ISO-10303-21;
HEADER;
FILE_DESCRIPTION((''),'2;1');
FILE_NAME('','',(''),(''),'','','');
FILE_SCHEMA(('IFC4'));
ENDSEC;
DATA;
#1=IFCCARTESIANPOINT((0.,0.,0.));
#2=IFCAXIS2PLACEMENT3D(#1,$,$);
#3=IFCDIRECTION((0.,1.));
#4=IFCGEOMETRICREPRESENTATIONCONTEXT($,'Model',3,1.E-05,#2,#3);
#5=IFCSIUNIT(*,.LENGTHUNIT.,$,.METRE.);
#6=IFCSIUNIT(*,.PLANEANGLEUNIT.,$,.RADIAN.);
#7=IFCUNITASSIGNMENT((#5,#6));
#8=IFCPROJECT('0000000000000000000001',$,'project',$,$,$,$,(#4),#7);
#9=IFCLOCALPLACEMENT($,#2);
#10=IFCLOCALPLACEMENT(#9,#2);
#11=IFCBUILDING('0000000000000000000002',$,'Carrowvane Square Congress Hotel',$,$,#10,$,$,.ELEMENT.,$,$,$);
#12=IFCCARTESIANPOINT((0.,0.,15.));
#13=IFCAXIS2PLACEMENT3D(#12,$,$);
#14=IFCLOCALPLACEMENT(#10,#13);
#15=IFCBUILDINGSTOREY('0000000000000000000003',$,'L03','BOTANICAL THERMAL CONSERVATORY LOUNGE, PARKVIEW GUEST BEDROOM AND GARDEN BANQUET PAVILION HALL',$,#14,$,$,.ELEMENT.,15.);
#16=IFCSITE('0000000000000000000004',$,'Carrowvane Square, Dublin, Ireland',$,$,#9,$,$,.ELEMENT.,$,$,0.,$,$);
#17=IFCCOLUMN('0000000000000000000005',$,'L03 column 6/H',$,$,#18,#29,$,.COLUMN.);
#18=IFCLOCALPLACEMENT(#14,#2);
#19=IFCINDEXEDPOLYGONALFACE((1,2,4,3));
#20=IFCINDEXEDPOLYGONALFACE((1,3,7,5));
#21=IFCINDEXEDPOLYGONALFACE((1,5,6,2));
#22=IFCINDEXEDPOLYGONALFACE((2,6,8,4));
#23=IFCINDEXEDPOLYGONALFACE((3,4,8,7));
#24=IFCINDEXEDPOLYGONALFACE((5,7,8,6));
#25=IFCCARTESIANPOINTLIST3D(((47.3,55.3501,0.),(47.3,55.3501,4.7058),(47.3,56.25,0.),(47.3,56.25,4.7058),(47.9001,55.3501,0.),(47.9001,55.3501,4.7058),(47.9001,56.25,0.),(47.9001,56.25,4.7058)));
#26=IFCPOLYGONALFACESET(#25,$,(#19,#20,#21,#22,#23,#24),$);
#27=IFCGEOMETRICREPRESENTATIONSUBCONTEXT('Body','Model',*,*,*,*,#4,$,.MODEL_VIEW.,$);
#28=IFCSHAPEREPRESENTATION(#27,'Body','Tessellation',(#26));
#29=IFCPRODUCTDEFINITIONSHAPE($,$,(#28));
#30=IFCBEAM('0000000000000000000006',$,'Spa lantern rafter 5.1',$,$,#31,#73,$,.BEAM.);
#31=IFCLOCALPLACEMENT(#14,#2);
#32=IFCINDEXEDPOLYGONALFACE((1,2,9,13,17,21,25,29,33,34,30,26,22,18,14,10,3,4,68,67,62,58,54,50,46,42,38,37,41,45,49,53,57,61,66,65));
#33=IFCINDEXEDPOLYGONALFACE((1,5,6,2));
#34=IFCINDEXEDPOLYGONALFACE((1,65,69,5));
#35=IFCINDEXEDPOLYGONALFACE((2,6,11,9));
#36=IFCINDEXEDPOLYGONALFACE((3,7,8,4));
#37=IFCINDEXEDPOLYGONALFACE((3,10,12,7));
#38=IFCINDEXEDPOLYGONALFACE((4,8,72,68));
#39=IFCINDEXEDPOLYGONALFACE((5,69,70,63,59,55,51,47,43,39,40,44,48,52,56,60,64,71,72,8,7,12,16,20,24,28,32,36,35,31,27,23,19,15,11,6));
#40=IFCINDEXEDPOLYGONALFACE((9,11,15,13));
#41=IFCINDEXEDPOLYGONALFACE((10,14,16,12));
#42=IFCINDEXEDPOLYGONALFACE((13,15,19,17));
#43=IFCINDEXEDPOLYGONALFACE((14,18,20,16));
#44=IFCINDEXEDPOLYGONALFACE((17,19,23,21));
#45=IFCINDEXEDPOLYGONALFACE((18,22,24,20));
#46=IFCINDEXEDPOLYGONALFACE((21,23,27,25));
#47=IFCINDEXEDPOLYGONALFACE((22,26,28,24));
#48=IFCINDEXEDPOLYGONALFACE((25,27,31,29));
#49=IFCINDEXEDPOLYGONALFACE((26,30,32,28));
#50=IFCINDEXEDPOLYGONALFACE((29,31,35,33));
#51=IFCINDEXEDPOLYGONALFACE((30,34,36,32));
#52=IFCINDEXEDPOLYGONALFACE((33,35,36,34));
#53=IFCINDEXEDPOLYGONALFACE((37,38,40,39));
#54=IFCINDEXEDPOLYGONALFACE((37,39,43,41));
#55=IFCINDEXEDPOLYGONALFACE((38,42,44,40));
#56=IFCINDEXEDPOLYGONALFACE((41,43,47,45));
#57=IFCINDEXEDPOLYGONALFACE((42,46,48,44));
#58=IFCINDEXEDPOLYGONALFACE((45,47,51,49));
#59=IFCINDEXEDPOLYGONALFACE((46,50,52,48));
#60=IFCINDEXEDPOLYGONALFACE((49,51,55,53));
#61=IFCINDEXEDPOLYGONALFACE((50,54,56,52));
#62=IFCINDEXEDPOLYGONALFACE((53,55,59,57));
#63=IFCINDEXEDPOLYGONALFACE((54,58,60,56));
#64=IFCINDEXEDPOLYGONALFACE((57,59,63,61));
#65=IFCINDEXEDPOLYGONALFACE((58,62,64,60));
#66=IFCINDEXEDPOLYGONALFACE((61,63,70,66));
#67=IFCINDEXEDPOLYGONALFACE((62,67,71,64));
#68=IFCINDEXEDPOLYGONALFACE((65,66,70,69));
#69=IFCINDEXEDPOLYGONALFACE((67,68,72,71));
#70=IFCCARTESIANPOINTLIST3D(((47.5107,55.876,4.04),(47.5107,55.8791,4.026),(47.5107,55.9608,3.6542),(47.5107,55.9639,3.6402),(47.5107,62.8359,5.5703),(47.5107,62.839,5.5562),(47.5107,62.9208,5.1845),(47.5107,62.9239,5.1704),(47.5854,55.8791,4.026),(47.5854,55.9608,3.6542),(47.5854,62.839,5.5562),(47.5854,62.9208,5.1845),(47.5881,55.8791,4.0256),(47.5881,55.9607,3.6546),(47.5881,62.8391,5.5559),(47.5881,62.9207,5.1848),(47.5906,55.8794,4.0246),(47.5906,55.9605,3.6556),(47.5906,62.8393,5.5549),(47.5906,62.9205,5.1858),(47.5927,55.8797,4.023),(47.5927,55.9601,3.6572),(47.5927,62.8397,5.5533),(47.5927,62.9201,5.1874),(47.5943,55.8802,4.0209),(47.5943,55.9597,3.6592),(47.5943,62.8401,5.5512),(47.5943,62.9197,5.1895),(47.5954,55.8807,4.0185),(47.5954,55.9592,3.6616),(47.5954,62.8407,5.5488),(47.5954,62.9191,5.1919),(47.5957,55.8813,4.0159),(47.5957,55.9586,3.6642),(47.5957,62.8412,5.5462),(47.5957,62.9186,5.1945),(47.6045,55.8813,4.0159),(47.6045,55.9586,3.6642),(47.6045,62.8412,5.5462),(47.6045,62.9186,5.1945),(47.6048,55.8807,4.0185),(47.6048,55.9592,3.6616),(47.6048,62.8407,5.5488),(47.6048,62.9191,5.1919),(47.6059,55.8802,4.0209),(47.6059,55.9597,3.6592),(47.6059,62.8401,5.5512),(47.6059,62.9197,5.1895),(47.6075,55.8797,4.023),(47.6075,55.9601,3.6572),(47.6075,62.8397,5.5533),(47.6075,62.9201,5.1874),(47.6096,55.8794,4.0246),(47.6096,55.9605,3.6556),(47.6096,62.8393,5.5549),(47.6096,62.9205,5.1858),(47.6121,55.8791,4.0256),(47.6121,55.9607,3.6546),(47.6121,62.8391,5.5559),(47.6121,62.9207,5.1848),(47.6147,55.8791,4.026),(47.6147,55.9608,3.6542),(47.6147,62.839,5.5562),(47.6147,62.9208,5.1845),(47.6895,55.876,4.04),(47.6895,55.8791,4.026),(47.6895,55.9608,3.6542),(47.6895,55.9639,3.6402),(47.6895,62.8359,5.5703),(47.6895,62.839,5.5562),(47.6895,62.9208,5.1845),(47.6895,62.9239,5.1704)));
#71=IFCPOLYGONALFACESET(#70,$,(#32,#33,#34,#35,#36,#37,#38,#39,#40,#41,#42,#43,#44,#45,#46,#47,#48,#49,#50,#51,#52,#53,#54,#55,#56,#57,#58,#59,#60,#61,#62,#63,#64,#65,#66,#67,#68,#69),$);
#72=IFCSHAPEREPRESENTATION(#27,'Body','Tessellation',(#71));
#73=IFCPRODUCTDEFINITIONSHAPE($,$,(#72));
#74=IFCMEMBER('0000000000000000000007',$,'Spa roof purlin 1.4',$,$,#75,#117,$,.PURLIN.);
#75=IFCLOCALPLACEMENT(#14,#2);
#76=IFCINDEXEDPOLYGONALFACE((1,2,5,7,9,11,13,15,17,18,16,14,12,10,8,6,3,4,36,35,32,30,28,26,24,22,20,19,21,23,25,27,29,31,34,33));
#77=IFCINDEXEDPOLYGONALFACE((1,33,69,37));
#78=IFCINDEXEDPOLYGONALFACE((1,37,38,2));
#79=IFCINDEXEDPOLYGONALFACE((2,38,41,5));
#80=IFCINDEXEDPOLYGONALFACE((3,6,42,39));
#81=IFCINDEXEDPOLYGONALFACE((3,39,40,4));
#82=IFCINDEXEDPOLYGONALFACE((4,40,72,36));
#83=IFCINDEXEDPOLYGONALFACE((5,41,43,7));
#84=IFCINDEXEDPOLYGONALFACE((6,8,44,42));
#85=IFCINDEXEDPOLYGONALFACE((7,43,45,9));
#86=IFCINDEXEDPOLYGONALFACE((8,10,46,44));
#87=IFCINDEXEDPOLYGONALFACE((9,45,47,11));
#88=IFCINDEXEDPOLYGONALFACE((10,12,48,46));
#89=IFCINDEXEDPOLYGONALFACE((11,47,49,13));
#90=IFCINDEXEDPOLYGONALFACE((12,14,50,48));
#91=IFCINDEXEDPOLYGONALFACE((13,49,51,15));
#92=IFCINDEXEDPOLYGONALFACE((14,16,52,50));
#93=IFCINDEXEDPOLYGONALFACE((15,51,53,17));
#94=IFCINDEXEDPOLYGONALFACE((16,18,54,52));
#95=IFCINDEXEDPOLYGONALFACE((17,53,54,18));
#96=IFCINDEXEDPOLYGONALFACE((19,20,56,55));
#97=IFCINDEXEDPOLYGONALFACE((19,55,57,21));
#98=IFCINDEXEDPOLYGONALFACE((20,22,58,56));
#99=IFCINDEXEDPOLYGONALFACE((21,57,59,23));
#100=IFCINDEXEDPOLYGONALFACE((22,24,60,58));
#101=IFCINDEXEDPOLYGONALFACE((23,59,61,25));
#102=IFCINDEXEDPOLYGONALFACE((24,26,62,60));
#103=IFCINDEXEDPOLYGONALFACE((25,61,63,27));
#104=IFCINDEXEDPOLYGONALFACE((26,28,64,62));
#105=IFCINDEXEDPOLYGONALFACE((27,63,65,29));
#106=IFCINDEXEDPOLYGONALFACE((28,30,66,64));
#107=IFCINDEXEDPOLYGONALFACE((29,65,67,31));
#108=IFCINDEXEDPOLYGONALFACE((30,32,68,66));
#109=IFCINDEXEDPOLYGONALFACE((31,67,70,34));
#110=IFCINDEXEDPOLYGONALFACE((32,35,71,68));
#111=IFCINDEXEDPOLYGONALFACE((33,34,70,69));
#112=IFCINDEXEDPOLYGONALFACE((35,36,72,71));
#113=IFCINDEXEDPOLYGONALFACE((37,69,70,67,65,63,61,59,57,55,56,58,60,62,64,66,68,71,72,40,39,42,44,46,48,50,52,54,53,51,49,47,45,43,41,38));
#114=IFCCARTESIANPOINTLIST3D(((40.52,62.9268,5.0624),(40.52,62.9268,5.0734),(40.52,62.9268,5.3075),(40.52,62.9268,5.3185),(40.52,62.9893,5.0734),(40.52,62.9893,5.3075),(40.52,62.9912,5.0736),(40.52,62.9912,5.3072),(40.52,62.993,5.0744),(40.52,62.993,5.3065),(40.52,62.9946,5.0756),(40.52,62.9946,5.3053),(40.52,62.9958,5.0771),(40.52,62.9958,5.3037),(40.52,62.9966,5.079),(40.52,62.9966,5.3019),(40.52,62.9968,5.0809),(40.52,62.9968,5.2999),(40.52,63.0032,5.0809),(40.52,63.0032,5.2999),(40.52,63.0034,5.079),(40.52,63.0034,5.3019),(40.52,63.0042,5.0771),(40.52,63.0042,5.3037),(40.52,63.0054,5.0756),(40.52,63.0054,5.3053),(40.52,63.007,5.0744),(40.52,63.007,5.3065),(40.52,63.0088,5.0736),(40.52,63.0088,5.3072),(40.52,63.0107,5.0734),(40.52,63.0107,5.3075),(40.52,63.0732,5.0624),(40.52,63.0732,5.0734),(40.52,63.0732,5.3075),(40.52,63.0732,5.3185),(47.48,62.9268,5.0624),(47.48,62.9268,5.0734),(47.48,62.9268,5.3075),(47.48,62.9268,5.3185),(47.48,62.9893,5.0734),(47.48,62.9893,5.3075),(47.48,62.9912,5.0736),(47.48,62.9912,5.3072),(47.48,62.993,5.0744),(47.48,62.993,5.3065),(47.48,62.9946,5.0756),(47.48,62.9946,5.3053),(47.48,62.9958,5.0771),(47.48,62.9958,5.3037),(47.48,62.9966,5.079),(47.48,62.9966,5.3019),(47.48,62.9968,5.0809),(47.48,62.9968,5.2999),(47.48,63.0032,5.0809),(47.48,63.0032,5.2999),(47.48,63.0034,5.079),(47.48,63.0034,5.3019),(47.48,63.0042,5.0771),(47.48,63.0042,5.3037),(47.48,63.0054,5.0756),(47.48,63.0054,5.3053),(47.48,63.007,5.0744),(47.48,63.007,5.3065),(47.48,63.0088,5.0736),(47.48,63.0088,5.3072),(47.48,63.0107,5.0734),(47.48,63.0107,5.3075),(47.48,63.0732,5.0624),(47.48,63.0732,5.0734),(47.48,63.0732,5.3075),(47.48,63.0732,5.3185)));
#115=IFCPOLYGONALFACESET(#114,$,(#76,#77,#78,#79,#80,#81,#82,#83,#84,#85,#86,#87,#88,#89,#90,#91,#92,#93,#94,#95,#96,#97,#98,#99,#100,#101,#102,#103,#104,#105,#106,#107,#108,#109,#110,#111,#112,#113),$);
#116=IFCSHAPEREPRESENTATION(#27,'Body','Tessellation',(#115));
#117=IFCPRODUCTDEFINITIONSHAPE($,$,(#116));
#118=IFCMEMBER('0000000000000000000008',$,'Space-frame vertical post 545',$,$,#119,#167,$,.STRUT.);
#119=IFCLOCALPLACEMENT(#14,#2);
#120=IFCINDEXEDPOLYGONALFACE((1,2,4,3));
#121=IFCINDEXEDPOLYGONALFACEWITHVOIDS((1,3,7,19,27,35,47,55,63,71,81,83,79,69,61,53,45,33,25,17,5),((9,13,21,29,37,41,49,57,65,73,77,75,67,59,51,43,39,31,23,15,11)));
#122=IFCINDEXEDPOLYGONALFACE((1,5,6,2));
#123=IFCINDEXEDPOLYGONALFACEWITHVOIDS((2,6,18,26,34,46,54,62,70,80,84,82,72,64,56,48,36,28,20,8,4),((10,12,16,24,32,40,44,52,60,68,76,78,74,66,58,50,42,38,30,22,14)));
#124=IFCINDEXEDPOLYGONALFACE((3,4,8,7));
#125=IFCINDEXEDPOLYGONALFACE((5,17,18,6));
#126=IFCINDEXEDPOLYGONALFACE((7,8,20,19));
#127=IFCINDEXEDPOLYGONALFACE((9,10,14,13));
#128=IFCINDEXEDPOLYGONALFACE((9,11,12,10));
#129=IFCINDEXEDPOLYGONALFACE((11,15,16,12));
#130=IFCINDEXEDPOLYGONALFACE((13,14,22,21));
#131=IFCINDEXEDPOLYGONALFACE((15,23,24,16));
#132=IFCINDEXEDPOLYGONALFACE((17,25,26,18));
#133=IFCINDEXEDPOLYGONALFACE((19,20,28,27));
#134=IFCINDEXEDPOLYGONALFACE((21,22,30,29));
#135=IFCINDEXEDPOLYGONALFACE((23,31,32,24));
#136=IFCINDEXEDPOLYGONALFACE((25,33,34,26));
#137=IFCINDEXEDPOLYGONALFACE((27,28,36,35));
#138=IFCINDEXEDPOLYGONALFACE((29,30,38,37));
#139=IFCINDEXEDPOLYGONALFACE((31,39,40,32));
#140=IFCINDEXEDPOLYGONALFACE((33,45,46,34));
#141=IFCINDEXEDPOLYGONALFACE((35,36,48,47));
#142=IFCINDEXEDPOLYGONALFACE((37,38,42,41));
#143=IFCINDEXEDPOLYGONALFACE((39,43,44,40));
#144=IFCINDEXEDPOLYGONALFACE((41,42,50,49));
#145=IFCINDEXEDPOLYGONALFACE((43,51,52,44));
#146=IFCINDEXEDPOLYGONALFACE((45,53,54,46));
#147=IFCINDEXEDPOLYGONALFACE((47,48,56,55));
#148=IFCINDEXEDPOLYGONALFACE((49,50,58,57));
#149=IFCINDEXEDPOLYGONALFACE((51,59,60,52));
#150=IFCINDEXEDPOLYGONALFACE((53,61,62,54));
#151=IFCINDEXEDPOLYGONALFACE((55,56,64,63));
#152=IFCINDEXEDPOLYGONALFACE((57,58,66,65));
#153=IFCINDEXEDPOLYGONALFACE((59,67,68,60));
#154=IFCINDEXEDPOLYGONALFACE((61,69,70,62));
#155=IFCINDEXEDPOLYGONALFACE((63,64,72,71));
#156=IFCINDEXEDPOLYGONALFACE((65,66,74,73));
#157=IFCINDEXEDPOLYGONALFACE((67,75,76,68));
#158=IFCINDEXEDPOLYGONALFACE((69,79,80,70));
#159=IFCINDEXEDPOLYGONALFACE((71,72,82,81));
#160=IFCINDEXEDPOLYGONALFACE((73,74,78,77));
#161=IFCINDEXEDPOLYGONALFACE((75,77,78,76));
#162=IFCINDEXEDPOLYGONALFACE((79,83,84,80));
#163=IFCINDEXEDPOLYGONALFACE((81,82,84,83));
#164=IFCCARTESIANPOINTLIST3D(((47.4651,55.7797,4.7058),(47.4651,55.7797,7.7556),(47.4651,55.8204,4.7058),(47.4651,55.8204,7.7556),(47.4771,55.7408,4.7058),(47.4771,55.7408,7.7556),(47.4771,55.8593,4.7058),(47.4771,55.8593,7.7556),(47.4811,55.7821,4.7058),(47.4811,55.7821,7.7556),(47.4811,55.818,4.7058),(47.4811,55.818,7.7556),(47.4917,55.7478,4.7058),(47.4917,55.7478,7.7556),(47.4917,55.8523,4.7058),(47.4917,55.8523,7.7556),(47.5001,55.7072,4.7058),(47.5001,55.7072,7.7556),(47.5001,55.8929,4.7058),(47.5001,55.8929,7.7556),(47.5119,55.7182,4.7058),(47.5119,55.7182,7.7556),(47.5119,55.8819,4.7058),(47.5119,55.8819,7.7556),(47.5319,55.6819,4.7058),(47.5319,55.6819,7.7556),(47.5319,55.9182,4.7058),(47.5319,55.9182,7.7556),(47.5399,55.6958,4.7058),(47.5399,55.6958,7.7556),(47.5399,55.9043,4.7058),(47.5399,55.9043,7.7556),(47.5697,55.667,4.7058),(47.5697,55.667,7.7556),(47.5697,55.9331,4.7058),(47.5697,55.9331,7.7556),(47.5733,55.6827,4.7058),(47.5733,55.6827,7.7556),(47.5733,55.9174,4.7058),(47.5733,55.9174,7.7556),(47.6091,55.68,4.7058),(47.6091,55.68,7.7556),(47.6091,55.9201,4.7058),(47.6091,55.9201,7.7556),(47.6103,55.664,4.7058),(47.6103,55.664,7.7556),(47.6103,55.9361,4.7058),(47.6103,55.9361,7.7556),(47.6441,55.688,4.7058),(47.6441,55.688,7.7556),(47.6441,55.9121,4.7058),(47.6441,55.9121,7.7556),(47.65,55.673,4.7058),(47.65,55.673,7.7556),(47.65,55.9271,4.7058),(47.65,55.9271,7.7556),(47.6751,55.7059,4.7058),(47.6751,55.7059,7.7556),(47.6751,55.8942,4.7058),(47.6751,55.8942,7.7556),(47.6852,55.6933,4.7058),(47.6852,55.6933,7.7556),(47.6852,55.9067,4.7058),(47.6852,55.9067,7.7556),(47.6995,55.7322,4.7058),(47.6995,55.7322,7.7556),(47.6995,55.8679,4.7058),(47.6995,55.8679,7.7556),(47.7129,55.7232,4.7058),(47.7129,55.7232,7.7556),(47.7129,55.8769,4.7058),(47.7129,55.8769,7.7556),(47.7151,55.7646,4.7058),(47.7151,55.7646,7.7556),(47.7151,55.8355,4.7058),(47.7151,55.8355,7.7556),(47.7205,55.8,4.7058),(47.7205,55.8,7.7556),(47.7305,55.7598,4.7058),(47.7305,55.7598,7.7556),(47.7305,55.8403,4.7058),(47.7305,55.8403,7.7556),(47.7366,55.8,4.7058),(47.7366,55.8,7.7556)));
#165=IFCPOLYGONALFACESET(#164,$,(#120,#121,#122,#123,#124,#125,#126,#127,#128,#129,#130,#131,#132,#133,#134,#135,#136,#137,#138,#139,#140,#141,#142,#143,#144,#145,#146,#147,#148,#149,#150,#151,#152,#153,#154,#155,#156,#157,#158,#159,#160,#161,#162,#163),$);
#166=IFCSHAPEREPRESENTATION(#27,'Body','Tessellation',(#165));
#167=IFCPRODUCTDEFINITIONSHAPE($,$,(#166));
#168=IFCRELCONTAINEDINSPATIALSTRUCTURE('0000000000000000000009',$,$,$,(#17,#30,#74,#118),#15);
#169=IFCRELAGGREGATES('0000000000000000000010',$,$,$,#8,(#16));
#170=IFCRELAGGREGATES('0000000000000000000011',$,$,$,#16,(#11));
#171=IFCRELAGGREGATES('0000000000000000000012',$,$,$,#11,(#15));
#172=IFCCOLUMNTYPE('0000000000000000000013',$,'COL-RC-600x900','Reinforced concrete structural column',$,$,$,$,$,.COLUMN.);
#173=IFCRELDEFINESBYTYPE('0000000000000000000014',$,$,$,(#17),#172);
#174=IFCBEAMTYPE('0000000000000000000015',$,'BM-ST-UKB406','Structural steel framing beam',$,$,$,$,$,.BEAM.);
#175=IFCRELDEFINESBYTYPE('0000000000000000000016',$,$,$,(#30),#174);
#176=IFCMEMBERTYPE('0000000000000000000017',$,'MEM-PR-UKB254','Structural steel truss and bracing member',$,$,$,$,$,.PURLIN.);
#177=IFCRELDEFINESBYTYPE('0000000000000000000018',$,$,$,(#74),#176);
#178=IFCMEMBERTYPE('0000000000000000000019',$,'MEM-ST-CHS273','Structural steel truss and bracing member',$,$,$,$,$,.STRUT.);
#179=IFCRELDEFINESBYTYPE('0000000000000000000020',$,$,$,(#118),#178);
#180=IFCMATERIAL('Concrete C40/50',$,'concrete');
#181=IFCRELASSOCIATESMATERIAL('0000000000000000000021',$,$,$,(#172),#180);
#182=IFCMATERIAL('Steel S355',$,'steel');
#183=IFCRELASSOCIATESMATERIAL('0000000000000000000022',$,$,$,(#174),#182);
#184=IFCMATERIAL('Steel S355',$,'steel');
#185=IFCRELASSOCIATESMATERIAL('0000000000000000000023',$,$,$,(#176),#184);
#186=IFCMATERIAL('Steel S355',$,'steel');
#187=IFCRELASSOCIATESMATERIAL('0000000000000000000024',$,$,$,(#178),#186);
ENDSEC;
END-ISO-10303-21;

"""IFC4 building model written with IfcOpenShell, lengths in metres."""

from ifc_helpers import new_model, si_unit, direction, frame, origin, origin_2d, place, context, subcontext, project, spatial, rectangle, hollow_circle, i_section, extrude, material, material_profile, profile_set, type_object, element, save


model = new_model("IFC4")

# Units and contexts
model_context = context("Model", 3, precision=1e-05, world=origin(), true_north=direction((0.0, 1.0)))
body_context = subcontext(model_context, "Body", "Model", "MODEL_VIEW")
ifc_project = project(units=[si_unit("LENGTHUNIT", "METRE"), si_unit("PLANEANGLEUNIT", "RADIAN")], contexts=[model_context])

# Site, building, storey
site_placement = place(None, origin())
site = spatial("IfcSite", under=ifc_project, at=site_placement, Name="Carrowvane Square, Dublin, Ireland", CompositionType="ELEMENT", RefElevation=0.0)
building_placement = place(site_placement, origin())
building = spatial("IfcBuilding", under=site, at=building_placement, Name="Carrowvane Square Congress Hotel", CompositionType="ELEMENT")
storey_placement = place(building_placement, frame((0.0, 0.0, 15.0)))
storey = spatial("IfcBuildingStorey", under=building, at=storey_placement, Name="L03", Description="BOTANICAL THERMAL CONSERVATORY LOUNGE, PARKVIEW GUEST BEDROOM AND GARDEN BANQUET PAVILION HALL", CompositionType="ELEMENT", Elevation=15.0)

# Column
ifc_material_1 = material(Name="Concrete C40/50", Category="concrete")
ifc_material_profile_1 = material_profile(ifc_material_1, rectangle(XDim=0.6001, YDim=0.8999, at=origin_2d()), Name="RC 600x900")
ifc_profile_set_1 = profile_set([ifc_material_profile_1], Name="Concrete C40/50")
column_type = type_object("IfcColumnType", Name="COL-RC-600x900", Description="Reinforced concrete structural column", PredefinedType="COLUMN", material=ifc_profile_set_1)
column_placement = place(storey_placement, frame((47.6001, 55.8, 0.0), z_axis=(0.0, 0.0, 1.0), x_axis=(1.0, 0.0, 0.0)))
element("IfcColumn", 1, at=column_placement, inside=storey, type_object=column_type, Name="L03 column 6/H", PredefinedType="COLUMN", context=body_context, shape_type="SweptSolid", body=[
    extrude(rectangle(XDim=0.6001, YDim=0.8999, at=origin_2d()), origin(), (0.0, 0.0, 1.0), 4.7058),
])

# Beam
ifc_material_2 = material(Name="Steel S355", Category="steel")
ifc_material_profile_2 = material_profile(ifc_material_2, i_section(OverallWidth=0.1787, OverallDepth=0.4094, WebThickness=0.0088, FlangeThickness=0.0144, FilletRadius=0.0103, at=origin_2d()), Name="UKB 406x178x67")
ifc_profile_set_2 = profile_set([ifc_material_profile_2], Name="Steel S355")
beam_type = type_object("IfcBeamType", Name="BM-ST-UKB406", Description="Structural steel framing beam", PredefinedType="BEAM", material=ifc_profile_set_2)
beam_placement = place(storey_placement, frame((47.6001, 55.9199, 3.8401), z_axis=(0.0, 0.976671, 0.214739), x_axis=(-1.0, 0.0, 0.0)))
element("IfcBeam", 2, at=beam_placement, inside=storey, type_object=beam_type, Name="Spa lantern rafter 5.1", PredefinedType="BEAM", context=body_context, shape_type="SweptSolid", body=[
    extrude(i_section(OverallWidth=0.1787, OverallDepth=0.4094, WebThickness=0.0088, FlangeThickness=0.0144, FilletRadius=0.0103, at=origin_2d()), origin(), (0.0, 0.0, 1.0), 7.1262),
])

# Members
ifc_material_3 = material(Name="Steel S355", Category="steel")
ifc_material_profile_3 = material_profile(ifc_material_3, i_section(OverallWidth=0.1465, OverallDepth=0.2561, WebThickness=0.0063, FlangeThickness=0.011, FilletRadius=0.0076, at=origin_2d()), Name="UKB 254x146x37")
ifc_profile_set_3 = profile_set([ifc_material_profile_3], Name="Steel S355")
member_type_1 = type_object("IfcMemberType", Name="MEM-PR-UKB254", Description="Structural steel truss and bracing member", PredefinedType="PURLIN", material=ifc_profile_set_3)
member_1_placement = place(storey_placement, frame((40.52, 63.0, 5.1904), z_axis=(1.0, 0.0, 0.0), x_axis=(0.0, 1.0, 0.0)))
element("IfcMember", 3, at=member_1_placement, inside=storey, type_object=member_type_1, Name="Spa roof purlin 1.4", PredefinedType="PURLIN", context=body_context, shape_type="SweptSolid", body=[
    extrude(i_section(OverallWidth=0.1465, OverallDepth=0.2561, WebThickness=0.0063, FlangeThickness=0.011, FilletRadius=0.0076, at=origin_2d()), origin(), (0.0, 0.0, 1.0), 6.96),
])
ifc_material_4 = material(Name="Steel S355", Category="steel")
ifc_material_profile_4 = material_profile(ifc_material_4, hollow_circle(Radius=0.1365, WallThickness=0.0161, at=origin_2d()), Name="CHS 273.0x16")
ifc_profile_set_4 = profile_set([ifc_material_profile_4], Name="Steel S355")
member_type_2 = type_object("IfcMemberType", Name="MEM-ST-CHS273", Description="Structural steel truss and bracing member", PredefinedType="STRUT", material=ifc_profile_set_4)
member_2_placement = place(storey_placement, frame((47.6001, 55.8, 4.7058), z_axis=(0.0, 0.0, 1.0), x_axis=(1.0, 0.0, 0.0)))
element("IfcMember", 4, at=member_2_placement, inside=storey, type_object=member_type_2, Name="Space-frame vertical post 545", PredefinedType="STRUT", context=body_context, shape_type="SweptSolid", body=[
    extrude(hollow_circle(Radius=0.1365, WallThickness=0.0161, at=origin_2d()), origin(), (0.0, 0.0, 1.0), 3.0498),
])

save(model, "model.ifc")
